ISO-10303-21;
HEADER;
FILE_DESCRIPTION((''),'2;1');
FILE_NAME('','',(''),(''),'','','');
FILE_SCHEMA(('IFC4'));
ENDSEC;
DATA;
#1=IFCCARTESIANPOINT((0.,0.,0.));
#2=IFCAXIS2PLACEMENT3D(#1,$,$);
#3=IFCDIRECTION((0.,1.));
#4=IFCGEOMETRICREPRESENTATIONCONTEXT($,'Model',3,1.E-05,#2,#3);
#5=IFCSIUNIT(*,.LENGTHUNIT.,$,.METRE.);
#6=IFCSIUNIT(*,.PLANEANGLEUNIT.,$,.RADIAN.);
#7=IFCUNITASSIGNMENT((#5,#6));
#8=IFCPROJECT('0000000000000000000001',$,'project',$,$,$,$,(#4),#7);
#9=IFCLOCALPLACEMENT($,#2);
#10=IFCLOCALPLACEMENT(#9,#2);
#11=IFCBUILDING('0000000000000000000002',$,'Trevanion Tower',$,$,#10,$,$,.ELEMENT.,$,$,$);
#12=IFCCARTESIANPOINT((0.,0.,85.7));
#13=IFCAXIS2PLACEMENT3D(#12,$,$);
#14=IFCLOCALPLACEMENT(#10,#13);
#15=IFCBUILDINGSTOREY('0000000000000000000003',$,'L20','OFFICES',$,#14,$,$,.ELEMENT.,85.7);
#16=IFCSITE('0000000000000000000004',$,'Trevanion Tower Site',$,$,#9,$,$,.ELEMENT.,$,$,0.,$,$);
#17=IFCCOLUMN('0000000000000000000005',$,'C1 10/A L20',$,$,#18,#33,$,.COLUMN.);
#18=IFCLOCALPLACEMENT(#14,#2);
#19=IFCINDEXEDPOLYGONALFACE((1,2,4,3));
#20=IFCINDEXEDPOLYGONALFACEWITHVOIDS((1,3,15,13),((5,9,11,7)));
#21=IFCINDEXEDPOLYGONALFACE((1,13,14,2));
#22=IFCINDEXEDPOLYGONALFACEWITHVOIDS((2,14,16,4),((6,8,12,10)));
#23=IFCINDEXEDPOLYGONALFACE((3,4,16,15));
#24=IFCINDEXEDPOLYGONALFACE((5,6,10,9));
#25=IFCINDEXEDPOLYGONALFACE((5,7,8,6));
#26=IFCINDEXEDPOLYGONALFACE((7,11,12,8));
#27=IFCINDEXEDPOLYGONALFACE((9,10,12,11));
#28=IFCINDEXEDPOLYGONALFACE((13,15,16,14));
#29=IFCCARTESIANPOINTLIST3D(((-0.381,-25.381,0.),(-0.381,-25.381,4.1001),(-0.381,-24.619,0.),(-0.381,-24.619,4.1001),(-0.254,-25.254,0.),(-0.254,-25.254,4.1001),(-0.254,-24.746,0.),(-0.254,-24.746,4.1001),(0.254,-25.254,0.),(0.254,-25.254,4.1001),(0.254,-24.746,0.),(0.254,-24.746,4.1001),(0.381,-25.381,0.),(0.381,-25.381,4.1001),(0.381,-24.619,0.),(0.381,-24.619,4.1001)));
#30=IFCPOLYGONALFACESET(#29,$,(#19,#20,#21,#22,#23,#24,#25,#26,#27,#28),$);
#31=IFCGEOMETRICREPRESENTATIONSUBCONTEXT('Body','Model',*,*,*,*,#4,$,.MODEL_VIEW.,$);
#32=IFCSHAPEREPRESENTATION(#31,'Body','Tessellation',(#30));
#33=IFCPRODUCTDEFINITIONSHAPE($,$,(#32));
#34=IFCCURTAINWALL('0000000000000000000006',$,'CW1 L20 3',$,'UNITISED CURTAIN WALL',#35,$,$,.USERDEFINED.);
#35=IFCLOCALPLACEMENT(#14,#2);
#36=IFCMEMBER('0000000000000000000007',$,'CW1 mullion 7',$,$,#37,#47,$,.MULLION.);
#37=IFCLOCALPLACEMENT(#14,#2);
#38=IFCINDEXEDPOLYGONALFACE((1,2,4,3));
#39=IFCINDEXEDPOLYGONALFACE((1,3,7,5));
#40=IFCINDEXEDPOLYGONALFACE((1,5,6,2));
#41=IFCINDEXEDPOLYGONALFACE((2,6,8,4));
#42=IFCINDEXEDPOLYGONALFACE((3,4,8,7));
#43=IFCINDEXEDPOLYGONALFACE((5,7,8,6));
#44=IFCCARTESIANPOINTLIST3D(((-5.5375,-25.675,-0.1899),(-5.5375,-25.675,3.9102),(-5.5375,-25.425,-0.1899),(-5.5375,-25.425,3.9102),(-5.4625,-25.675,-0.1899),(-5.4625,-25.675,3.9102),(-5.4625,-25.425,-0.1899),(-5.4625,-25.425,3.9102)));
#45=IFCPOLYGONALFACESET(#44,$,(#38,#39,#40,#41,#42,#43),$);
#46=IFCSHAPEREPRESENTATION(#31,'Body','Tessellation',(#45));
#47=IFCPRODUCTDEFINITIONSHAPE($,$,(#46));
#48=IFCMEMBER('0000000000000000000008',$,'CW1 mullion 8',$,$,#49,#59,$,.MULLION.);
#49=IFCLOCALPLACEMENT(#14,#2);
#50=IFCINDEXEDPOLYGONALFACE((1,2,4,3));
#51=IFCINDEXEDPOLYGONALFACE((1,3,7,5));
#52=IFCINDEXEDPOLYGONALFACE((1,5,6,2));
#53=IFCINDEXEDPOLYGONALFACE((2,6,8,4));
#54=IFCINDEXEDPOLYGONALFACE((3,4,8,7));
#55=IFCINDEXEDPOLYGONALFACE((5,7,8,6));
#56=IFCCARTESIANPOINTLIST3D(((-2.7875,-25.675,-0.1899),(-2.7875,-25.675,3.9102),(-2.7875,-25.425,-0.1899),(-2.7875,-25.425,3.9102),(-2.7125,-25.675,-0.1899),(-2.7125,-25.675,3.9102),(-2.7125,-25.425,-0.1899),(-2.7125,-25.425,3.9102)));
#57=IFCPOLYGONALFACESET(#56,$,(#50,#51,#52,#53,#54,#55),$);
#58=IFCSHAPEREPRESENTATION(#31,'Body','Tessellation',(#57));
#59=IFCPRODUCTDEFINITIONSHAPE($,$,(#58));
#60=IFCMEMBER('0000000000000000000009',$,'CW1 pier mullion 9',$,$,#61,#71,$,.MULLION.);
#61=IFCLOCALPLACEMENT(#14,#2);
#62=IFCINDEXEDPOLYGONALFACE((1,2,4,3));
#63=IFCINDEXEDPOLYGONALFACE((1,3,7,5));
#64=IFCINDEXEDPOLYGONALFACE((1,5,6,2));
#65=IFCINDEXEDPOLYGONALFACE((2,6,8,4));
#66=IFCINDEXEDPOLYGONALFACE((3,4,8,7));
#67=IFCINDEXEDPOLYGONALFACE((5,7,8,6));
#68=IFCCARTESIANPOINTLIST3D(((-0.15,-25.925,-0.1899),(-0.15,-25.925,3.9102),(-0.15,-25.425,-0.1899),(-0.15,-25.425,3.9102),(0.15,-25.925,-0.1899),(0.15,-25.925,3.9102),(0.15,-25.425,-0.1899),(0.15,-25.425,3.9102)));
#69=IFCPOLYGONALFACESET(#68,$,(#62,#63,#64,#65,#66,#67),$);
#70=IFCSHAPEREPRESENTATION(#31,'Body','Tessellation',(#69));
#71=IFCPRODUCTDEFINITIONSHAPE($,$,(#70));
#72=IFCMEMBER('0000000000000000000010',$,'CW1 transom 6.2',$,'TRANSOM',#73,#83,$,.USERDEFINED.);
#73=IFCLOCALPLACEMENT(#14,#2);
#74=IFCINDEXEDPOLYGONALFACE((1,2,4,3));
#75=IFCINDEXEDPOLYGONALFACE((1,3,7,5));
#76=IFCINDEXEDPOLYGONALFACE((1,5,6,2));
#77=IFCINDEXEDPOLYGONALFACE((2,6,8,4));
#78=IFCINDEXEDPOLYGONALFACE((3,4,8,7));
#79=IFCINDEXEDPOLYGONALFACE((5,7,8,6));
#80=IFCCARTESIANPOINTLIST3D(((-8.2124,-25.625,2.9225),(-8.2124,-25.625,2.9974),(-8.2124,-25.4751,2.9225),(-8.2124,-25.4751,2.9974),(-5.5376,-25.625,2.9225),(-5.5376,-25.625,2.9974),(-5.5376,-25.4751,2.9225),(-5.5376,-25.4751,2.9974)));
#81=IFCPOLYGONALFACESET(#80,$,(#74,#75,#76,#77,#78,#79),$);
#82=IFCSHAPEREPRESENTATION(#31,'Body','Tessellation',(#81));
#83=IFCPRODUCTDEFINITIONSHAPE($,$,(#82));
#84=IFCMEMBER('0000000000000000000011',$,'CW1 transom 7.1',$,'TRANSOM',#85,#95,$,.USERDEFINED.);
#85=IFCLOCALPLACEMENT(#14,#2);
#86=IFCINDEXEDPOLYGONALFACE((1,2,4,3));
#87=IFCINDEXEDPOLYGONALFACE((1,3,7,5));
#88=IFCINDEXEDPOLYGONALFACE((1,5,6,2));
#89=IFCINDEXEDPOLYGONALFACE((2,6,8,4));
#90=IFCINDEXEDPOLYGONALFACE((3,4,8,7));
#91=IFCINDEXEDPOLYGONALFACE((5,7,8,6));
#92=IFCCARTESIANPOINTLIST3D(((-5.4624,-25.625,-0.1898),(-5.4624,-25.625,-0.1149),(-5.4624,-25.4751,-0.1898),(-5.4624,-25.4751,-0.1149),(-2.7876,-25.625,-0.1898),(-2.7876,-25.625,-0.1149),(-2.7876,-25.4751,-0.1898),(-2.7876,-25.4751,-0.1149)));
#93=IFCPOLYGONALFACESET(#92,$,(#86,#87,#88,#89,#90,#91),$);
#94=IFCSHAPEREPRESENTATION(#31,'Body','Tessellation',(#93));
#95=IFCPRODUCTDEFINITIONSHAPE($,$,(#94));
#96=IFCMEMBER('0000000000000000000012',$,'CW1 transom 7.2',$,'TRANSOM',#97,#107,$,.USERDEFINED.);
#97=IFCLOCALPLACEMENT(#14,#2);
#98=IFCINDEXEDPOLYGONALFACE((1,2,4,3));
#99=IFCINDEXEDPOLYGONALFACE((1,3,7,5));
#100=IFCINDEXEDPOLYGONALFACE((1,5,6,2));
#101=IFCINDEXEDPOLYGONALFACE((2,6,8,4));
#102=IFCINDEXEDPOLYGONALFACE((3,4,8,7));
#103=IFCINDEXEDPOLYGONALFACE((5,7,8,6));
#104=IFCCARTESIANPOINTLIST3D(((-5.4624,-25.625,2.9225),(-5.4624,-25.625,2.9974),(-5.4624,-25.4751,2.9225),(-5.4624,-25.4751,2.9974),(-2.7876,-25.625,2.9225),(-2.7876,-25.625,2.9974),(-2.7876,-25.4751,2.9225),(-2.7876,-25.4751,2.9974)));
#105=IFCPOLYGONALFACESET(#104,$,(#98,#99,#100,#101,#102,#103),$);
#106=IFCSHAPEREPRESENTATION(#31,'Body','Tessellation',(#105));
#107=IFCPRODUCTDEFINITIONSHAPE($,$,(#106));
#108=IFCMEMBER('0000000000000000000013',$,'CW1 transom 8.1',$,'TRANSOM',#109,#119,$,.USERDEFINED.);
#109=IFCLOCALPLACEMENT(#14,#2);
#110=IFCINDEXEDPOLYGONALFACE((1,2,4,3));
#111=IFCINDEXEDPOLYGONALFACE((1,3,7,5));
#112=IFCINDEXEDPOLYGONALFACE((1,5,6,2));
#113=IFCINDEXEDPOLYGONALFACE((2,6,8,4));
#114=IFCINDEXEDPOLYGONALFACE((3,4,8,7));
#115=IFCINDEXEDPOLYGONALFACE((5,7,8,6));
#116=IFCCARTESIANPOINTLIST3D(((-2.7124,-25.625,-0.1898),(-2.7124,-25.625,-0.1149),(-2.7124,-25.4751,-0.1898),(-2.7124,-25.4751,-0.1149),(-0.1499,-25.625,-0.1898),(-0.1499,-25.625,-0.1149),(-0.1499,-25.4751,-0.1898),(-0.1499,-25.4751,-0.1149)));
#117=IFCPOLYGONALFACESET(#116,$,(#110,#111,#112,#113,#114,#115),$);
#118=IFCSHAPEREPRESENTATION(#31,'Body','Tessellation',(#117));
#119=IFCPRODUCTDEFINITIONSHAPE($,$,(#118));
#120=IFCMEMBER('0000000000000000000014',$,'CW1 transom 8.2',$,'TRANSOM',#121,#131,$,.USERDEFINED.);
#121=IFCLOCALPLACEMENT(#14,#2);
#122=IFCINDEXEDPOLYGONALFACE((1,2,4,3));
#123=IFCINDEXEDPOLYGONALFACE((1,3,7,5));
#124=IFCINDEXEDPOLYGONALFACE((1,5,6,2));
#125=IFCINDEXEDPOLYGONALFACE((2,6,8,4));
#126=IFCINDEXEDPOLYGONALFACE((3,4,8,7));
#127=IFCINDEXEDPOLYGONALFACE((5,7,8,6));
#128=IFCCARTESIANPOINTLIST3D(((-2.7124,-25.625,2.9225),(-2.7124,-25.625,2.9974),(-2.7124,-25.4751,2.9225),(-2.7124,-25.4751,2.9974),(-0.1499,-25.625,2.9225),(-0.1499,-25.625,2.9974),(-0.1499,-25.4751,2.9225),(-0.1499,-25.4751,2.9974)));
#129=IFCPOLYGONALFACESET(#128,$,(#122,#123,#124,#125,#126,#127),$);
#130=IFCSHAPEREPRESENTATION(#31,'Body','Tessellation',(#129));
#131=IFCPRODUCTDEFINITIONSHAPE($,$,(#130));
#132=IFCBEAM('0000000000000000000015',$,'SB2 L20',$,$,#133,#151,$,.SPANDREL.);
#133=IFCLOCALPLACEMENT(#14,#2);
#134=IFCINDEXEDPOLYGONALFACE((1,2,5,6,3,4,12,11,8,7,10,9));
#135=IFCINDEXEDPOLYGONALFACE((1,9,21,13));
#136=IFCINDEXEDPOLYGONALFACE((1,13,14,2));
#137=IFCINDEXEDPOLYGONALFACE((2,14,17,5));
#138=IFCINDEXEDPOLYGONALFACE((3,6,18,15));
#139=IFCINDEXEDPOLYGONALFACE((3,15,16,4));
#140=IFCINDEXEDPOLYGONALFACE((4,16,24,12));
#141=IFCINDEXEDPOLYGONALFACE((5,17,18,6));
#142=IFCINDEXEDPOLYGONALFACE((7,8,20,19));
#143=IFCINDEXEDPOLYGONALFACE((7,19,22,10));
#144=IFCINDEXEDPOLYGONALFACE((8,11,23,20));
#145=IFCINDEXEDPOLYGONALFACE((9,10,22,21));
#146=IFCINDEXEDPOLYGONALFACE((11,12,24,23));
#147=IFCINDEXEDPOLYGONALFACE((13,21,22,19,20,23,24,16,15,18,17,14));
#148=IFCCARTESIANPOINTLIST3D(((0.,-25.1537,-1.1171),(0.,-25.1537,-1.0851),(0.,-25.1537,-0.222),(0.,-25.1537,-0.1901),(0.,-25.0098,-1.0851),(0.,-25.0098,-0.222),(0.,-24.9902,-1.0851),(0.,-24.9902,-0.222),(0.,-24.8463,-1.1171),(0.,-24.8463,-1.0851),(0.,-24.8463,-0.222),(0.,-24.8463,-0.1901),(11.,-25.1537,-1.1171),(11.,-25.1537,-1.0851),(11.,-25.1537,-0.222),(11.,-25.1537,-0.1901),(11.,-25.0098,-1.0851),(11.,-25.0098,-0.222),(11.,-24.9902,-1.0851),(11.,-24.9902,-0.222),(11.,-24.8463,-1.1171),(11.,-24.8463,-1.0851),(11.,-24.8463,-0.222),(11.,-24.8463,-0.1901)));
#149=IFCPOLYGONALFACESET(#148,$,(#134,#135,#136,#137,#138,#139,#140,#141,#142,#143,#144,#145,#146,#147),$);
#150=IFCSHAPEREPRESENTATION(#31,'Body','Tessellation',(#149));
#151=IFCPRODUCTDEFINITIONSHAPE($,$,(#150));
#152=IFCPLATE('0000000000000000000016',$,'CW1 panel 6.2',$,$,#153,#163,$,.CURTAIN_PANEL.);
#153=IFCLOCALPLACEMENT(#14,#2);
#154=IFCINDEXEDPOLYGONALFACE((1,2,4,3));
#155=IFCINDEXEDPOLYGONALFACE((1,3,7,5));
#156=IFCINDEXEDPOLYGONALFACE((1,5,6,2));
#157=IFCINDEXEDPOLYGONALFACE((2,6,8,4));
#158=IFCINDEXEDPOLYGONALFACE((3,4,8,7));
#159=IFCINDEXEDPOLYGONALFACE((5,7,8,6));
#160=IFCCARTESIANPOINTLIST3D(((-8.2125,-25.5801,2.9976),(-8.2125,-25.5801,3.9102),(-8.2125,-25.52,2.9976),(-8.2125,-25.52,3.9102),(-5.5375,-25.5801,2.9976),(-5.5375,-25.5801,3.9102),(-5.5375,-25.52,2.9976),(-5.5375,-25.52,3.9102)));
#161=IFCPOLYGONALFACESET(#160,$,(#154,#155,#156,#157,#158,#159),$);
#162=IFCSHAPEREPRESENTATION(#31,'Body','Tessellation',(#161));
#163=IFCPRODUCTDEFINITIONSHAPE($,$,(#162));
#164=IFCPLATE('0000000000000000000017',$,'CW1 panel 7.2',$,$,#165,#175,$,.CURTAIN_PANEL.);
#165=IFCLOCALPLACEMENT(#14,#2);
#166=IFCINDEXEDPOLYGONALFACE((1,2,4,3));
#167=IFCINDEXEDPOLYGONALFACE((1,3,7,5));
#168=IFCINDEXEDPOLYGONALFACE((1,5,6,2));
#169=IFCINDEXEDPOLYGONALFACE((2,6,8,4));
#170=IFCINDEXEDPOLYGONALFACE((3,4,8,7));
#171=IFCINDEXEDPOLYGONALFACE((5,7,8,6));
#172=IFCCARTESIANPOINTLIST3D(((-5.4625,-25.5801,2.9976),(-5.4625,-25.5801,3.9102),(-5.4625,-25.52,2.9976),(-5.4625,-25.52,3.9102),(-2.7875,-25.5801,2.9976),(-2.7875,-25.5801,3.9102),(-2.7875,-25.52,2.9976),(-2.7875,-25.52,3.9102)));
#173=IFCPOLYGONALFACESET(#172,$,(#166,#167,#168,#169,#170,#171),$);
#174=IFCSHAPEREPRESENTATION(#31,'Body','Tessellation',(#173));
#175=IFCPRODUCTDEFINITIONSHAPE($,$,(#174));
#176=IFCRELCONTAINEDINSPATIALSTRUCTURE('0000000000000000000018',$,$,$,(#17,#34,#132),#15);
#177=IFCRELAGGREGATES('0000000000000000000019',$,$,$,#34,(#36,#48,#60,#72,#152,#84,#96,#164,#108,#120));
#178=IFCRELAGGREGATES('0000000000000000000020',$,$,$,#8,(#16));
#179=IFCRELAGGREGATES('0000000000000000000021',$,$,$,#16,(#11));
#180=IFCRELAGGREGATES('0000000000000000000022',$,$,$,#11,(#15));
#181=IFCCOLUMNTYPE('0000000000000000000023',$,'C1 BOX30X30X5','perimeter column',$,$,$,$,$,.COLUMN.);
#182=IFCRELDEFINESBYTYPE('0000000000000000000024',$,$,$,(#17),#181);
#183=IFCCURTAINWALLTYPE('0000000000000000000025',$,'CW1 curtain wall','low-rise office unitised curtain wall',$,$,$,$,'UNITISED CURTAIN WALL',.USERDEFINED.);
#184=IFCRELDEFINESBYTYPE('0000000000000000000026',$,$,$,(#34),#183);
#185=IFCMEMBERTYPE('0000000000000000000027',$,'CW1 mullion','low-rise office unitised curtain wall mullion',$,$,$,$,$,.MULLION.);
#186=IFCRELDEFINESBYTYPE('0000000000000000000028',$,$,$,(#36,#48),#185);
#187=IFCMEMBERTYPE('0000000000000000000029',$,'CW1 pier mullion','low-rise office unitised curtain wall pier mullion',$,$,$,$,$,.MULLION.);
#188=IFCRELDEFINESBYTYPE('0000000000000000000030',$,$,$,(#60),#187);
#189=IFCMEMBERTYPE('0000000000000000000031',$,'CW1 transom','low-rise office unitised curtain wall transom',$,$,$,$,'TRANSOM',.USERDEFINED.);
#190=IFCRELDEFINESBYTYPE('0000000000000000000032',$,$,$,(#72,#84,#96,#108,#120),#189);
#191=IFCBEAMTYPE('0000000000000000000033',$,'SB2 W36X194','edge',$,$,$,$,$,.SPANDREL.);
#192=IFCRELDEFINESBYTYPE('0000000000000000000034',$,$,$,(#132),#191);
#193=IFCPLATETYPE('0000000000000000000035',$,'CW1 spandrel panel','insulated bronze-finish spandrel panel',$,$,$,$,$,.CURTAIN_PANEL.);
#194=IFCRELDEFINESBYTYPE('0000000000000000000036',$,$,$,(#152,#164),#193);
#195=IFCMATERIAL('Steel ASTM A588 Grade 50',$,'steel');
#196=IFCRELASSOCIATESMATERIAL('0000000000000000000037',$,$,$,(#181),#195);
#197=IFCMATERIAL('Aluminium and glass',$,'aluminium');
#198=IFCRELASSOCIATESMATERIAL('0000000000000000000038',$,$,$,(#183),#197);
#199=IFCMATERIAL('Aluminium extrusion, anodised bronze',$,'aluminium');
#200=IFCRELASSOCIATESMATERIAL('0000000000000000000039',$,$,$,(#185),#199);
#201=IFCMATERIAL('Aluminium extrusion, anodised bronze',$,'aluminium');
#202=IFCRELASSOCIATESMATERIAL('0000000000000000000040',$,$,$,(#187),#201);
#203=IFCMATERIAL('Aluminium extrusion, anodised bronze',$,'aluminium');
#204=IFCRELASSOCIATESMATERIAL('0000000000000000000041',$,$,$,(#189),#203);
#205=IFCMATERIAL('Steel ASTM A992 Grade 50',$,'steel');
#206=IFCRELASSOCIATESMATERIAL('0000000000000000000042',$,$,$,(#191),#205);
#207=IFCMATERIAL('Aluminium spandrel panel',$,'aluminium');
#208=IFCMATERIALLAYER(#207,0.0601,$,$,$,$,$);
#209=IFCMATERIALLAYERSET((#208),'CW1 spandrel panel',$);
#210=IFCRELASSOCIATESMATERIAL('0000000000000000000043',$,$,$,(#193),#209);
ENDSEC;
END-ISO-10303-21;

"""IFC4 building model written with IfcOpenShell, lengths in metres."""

from ifc_helpers import new_model, si_unit, direction, frame, origin, origin_2d, place, context, subcontext, project, spatial, rectangle, hollow_rectangle, i_section, extrude, material, layer, layer_set, material_profile, profile_set, type_object, element, aggregate, save


model = new_model("IFC4")

# Units and contexts
model_context = context("Model", 3, precision=1e-05, world=origin(), true_north=direction((0.0, 1.0)))
body_context = subcontext(model_context, "Body", "Model", "MODEL_VIEW")
ifc_project = project(units=[si_unit("LENGTHUNIT", "METRE"), si_unit("PLANEANGLEUNIT", "RADIAN")], contexts=[model_context])

# Site, building, storey
site_placement = place(None, origin())
site = spatial("IfcSite", under=ifc_project, at=site_placement, Name="Trevanion Tower Site", CompositionType="ELEMENT", RefElevation=0.0)
building_placement = place(site_placement, origin())
building = spatial("IfcBuilding", under=site, at=building_placement, Name="Trevanion Tower", CompositionType="ELEMENT")
storey_placement = place(building_placement, frame((0.0, 0.0, 85.7)))
storey = spatial("IfcBuildingStorey", under=building, at=storey_placement, Name="L20", Description="OFFICES", CompositionType="ELEMENT", Elevation=85.7)

# Column
ifc_material_1 = material(Name="Steel ASTM A588 Grade 50", Category="steel")
ifc_material_profile_1 = material_profile(ifc_material_1, hollow_rectangle(XDim=0.762, YDim=0.762, WallThickness=0.127, at=origin_2d()), Name="BOX30X30X5")
ifc_profile_set_1 = profile_set([ifc_material_profile_1], Name="Steel ASTM A588 Grade 50")
column_type = type_object("IfcColumnType", Name="C1 BOX30X30X5", Description="perimeter column", PredefinedType="COLUMN", material=ifc_profile_set_1)
column_placement = place(storey_placement, frame((0.0, -25.0, 0.0), z_axis=(0.0, 0.0, 1.0), x_axis=(1.0, 0.0, 0.0)))
element("IfcColumn", 1, at=column_placement, inside=storey, type_object=column_type, Name="C1 10/A L20", PredefinedType="COLUMN", context=body_context, shape_type="SweptSolid", body=[
    extrude(hollow_rectangle(XDim=0.762, YDim=0.762, WallThickness=0.127, at=origin_2d()), origin(), (0.0, 0.0, 1.0), 4.1001),
])

# Curtain wall, members
ifc_material_2 = material(Name="Aluminium and glass", Category="aluminium")
curtain_wall_type = type_object("IfcCurtainWallType", Name="CW1 curtain wall", Description="low-rise office unitised curtain wall", ElementType="UNITISED CURTAIN WALL", PredefinedType="USERDEFINED", material=ifc_material_2)
curtain_wall_placement = place(storey_placement, origin())
curtain_wall = element("IfcCurtainWall", 2, at=curtain_wall_placement, inside=storey, type_object=curtain_wall_type, Name="CW1 L20 3", ObjectType="UNITISED CURTAIN WALL", PredefinedType="USERDEFINED")
ifc_material_3 = material(Name="Aluminium extrusion, anodised bronze", Category="aluminium")
ifc_material_profile_2 = material_profile(ifc_material_3, rectangle(XDim=0.075, YDim=0.25, at=origin_2d()), Name="CW1 mullion")
ifc_profile_set_2 = profile_set([ifc_material_profile_2], Name="Aluminium extrusion, anodised bronze")
member_type_1 = type_object("IfcMemberType", Name="CW1 mullion", Description="low-rise office unitised curtain wall mullion", PredefinedType="MULLION", material=ifc_profile_set_2)
member_1_placement = place(storey_placement, frame((-5.5, -25.55, -0.1899), z_axis=(0.0, 0.0, 1.0), x_axis=(1.0, 0.0, 0.0)))
member_1 = element("IfcMember", 3, at=member_1_placement, type_object=member_type_1, Name="CW1 mullion 7", PredefinedType="MULLION", context=body_context, shape_type="SweptSolid", body=[
    extrude(rectangle(XDim=0.075, YDim=0.25, at=origin_2d()), origin(), (0.0, 0.0, 1.0), 4.1001),
])
member_2_placement = place(storey_placement, frame((-2.75, -25.55, -0.1899), z_axis=(0.0, 0.0, 1.0), x_axis=(1.0, 0.0, 0.0)))
member_2 = element("IfcMember", 4, at=member_2_placement, type_object=member_type_1, Name="CW1 mullion 8", PredefinedType="MULLION", context=body_context, shape_type="SweptSolid", body=[
    extrude(rectangle(XDim=0.075, YDim=0.25, at=origin_2d()), origin(), (0.0, 0.0, 1.0), 4.1001),
])
ifc_material_4 = material(Name="Aluminium extrusion, anodised bronze", Category="aluminium")
ifc_material_profile_3 = material_profile(ifc_material_4, rectangle(XDim=0.3, YDim=0.5, at=origin_2d()), Name="CW1 pier mullion")
ifc_profile_set_3 = profile_set([ifc_material_profile_3], Name="Aluminium extrusion, anodised bronze")
member_type_2 = type_object("IfcMemberType", Name="CW1 pier mullion", Description="low-rise office unitised curtain wall pier mullion", PredefinedType="MULLION", material=ifc_profile_set_3)
member_3_placement = place(storey_placement, frame((0.0, -25.675, -0.1899), z_axis=(0.0, 0.0, 1.0), x_axis=(1.0, 0.0, 0.0)))
member_3 = element("IfcMember", 5, at=member_3_placement, type_object=member_type_2, Name="CW1 pier mullion 9", PredefinedType="MULLION", context=body_context, shape_type="SweptSolid", body=[
    extrude(rectangle(XDim=0.3, YDim=0.5, at=origin_2d()), origin(), (0.0, 0.0, 1.0), 4.1001),
])
ifc_material_5 = material(Name="Aluminium extrusion, anodised bronze", Category="aluminium")
ifc_material_profile_4 = material_profile(ifc_material_5, rectangle(XDim=0.1499, YDim=0.075, at=origin_2d()), Name="CW1 transom")
ifc_profile_set_4 = profile_set([ifc_material_profile_4], Name="Aluminium extrusion, anodised bronze")
member_type_3 = type_object("IfcMemberType", Name="CW1 transom", Description="low-rise office unitised curtain wall transom", ElementType="TRANSOM", PredefinedType="USERDEFINED", material=ifc_profile_set_4)
member_4_placement = place(storey_placement, frame((-8.2124, -25.55, 2.96), z_axis=(1.0, 0.0, 0.0), x_axis=(0.0, 1.0, 0.0)))
member_4 = element("IfcMember", 6, at=member_4_placement, type_object=member_type_3, Name="CW1 transom 6.2", ObjectType="TRANSOM", PredefinedType="USERDEFINED", context=body_context, shape_type="SweptSolid", body=[
    extrude(rectangle(XDim=0.1499, YDim=0.075, at=origin_2d()), origin(), (0.0, 0.0, 1.0), 2.6748),
])
member_5_placement = place(storey_placement, frame((-5.4624, -25.55, -0.1523), z_axis=(1.0, 0.0, 0.0), x_axis=(0.0, 1.0, 0.0)))
member_5 = element("IfcMember", 7, at=member_5_placement, type_object=member_type_3, Name="CW1 transom 7.1", ObjectType="TRANSOM", PredefinedType="USERDEFINED", context=body_context, shape_type="SweptSolid", body=[
    extrude(rectangle(XDim=0.1499, YDim=0.075, at=origin_2d()), origin(), (0.0, 0.0, 1.0), 2.6748),
])
member_6_placement = place(storey_placement, frame((-5.4624, -25.55, 2.96), z_axis=(1.0, 0.0, 0.0), x_axis=(0.0, 1.0, 0.0)))
member_6 = element("IfcMember", 8, at=member_6_placement, type_object=member_type_3, Name="CW1 transom 7.2", ObjectType="TRANSOM", PredefinedType="USERDEFINED", context=body_context, shape_type="SweptSolid", body=[
    extrude(rectangle(XDim=0.1499, YDim=0.075, at=origin_2d()), origin(), (0.0, 0.0, 1.0), 2.6748),
])
member_7_placement = place(storey_placement, frame((-2.7124, -25.55, -0.1523), z_axis=(1.0, 0.0, 0.0), x_axis=(0.0, 1.0, 0.0)))
member_7 = element("IfcMember", 9, at=member_7_placement, type_object=member_type_3, Name="CW1 transom 8.1", ObjectType="TRANSOM", PredefinedType="USERDEFINED", context=body_context, shape_type="SweptSolid", body=[
    extrude(rectangle(XDim=0.1499, YDim=0.075, at=origin_2d()), origin(), (0.0, 0.0, 1.0), 2.5625),
])
member_8_placement = place(storey_placement, frame((-2.7124, -25.55, 2.96), z_axis=(1.0, 0.0, 0.0), x_axis=(0.0, 1.0, 0.0)))
member_8 = element("IfcMember", 10, at=member_8_placement, type_object=member_type_3, Name="CW1 transom 8.2", ObjectType="TRANSOM", PredefinedType="USERDEFINED", context=body_context, shape_type="SweptSolid", body=[
    extrude(rectangle(XDim=0.1499, YDim=0.075, at=origin_2d()), origin(), (0.0, 0.0, 1.0), 2.5625),
])

# Beam
ifc_material_6 = material(Name="Steel ASTM A992 Grade 50", Category="steel")
ifc_material_profile_5 = material_profile(ifc_material_6, i_section(OverallWidth=0.3074, OverallDepth=0.927, WebThickness=0.0195, FlangeThickness=0.032, at=origin_2d()), Name="W36X194")
ifc_profile_set_5 = profile_set([ifc_material_profile_5], Name="Steel ASTM A992 Grade 50")
beam_type = type_object("IfcBeamType", Name="SB2 W36X194", Description="edge", PredefinedType="SPANDREL", material=ifc_profile_set_5)
beam_placement = place(storey_placement, frame((0.0, -25.0, -0.6536), z_axis=(1.0, 0.0, 0.0), x_axis=(0.0, 1.0, 0.0)))
element("IfcBeam", 11, at=beam_placement, inside=storey, type_object=beam_type, Name="SB2 L20", PredefinedType="SPANDREL", context=body_context, shape_type="SweptSolid", body=[
    extrude(i_section(OverallWidth=0.3074, OverallDepth=0.927, WebThickness=0.0195, FlangeThickness=0.032, at=origin_2d()), origin(), (0.0, 0.0, 1.0), 11.0),
])

# Plates
ifc_material_7 = material(Name="Aluminium spandrel panel", Category="aluminium")
ifc_layer_1 = layer(ifc_material_7, 0.0601)
ifc_layer_set_1 = layer_set([ifc_layer_1], Name="CW1 spandrel panel")
plate_type_1 = type_object("IfcPlateType", Name="CW1 spandrel panel", Description="insulated bronze-finish spandrel panel", PredefinedType="CURTAIN_PANEL", material=ifc_layer_set_1)
plate_1_placement = place(storey_placement, frame((-6.875, -25.55, 2.9976), z_axis=(0.0, 0.0, 1.0), x_axis=(1.0, 0.0, 0.0)))
plate_1 = element("IfcPlate", 12, at=plate_1_placement, type_object=plate_type_1, Name="CW1 panel 6.2", PredefinedType="CURTAIN_PANEL", context=body_context, shape_type="SweptSolid", body=[
    extrude(rectangle(XDim=2.675, YDim=0.0601, at=origin_2d()), origin(), (0.0, 0.0, 1.0), 0.9126),
])
plate_2_placement = place(storey_placement, frame((-4.125, -25.55, 2.9976), z_axis=(0.0, 0.0, 1.0), x_axis=(1.0, 0.0, 0.0)))
plate_2 = element("IfcPlate", 13, at=plate_2_placement, type_object=plate_type_1, Name="CW1 panel 7.2", PredefinedType="CURTAIN_PANEL", context=body_context, shape_type="SweptSolid", body=[
    extrude(rectangle(XDim=2.675, YDim=0.0601, at=origin_2d()), origin(), (0.0, 0.0, 1.0), 0.9126),
])
aggregate(curtain_wall, [member_1, member_2, member_3, member_4, plate_1, member_5, member_6, plate_2, member_7, member_8])

save(model, "model.ifc")
